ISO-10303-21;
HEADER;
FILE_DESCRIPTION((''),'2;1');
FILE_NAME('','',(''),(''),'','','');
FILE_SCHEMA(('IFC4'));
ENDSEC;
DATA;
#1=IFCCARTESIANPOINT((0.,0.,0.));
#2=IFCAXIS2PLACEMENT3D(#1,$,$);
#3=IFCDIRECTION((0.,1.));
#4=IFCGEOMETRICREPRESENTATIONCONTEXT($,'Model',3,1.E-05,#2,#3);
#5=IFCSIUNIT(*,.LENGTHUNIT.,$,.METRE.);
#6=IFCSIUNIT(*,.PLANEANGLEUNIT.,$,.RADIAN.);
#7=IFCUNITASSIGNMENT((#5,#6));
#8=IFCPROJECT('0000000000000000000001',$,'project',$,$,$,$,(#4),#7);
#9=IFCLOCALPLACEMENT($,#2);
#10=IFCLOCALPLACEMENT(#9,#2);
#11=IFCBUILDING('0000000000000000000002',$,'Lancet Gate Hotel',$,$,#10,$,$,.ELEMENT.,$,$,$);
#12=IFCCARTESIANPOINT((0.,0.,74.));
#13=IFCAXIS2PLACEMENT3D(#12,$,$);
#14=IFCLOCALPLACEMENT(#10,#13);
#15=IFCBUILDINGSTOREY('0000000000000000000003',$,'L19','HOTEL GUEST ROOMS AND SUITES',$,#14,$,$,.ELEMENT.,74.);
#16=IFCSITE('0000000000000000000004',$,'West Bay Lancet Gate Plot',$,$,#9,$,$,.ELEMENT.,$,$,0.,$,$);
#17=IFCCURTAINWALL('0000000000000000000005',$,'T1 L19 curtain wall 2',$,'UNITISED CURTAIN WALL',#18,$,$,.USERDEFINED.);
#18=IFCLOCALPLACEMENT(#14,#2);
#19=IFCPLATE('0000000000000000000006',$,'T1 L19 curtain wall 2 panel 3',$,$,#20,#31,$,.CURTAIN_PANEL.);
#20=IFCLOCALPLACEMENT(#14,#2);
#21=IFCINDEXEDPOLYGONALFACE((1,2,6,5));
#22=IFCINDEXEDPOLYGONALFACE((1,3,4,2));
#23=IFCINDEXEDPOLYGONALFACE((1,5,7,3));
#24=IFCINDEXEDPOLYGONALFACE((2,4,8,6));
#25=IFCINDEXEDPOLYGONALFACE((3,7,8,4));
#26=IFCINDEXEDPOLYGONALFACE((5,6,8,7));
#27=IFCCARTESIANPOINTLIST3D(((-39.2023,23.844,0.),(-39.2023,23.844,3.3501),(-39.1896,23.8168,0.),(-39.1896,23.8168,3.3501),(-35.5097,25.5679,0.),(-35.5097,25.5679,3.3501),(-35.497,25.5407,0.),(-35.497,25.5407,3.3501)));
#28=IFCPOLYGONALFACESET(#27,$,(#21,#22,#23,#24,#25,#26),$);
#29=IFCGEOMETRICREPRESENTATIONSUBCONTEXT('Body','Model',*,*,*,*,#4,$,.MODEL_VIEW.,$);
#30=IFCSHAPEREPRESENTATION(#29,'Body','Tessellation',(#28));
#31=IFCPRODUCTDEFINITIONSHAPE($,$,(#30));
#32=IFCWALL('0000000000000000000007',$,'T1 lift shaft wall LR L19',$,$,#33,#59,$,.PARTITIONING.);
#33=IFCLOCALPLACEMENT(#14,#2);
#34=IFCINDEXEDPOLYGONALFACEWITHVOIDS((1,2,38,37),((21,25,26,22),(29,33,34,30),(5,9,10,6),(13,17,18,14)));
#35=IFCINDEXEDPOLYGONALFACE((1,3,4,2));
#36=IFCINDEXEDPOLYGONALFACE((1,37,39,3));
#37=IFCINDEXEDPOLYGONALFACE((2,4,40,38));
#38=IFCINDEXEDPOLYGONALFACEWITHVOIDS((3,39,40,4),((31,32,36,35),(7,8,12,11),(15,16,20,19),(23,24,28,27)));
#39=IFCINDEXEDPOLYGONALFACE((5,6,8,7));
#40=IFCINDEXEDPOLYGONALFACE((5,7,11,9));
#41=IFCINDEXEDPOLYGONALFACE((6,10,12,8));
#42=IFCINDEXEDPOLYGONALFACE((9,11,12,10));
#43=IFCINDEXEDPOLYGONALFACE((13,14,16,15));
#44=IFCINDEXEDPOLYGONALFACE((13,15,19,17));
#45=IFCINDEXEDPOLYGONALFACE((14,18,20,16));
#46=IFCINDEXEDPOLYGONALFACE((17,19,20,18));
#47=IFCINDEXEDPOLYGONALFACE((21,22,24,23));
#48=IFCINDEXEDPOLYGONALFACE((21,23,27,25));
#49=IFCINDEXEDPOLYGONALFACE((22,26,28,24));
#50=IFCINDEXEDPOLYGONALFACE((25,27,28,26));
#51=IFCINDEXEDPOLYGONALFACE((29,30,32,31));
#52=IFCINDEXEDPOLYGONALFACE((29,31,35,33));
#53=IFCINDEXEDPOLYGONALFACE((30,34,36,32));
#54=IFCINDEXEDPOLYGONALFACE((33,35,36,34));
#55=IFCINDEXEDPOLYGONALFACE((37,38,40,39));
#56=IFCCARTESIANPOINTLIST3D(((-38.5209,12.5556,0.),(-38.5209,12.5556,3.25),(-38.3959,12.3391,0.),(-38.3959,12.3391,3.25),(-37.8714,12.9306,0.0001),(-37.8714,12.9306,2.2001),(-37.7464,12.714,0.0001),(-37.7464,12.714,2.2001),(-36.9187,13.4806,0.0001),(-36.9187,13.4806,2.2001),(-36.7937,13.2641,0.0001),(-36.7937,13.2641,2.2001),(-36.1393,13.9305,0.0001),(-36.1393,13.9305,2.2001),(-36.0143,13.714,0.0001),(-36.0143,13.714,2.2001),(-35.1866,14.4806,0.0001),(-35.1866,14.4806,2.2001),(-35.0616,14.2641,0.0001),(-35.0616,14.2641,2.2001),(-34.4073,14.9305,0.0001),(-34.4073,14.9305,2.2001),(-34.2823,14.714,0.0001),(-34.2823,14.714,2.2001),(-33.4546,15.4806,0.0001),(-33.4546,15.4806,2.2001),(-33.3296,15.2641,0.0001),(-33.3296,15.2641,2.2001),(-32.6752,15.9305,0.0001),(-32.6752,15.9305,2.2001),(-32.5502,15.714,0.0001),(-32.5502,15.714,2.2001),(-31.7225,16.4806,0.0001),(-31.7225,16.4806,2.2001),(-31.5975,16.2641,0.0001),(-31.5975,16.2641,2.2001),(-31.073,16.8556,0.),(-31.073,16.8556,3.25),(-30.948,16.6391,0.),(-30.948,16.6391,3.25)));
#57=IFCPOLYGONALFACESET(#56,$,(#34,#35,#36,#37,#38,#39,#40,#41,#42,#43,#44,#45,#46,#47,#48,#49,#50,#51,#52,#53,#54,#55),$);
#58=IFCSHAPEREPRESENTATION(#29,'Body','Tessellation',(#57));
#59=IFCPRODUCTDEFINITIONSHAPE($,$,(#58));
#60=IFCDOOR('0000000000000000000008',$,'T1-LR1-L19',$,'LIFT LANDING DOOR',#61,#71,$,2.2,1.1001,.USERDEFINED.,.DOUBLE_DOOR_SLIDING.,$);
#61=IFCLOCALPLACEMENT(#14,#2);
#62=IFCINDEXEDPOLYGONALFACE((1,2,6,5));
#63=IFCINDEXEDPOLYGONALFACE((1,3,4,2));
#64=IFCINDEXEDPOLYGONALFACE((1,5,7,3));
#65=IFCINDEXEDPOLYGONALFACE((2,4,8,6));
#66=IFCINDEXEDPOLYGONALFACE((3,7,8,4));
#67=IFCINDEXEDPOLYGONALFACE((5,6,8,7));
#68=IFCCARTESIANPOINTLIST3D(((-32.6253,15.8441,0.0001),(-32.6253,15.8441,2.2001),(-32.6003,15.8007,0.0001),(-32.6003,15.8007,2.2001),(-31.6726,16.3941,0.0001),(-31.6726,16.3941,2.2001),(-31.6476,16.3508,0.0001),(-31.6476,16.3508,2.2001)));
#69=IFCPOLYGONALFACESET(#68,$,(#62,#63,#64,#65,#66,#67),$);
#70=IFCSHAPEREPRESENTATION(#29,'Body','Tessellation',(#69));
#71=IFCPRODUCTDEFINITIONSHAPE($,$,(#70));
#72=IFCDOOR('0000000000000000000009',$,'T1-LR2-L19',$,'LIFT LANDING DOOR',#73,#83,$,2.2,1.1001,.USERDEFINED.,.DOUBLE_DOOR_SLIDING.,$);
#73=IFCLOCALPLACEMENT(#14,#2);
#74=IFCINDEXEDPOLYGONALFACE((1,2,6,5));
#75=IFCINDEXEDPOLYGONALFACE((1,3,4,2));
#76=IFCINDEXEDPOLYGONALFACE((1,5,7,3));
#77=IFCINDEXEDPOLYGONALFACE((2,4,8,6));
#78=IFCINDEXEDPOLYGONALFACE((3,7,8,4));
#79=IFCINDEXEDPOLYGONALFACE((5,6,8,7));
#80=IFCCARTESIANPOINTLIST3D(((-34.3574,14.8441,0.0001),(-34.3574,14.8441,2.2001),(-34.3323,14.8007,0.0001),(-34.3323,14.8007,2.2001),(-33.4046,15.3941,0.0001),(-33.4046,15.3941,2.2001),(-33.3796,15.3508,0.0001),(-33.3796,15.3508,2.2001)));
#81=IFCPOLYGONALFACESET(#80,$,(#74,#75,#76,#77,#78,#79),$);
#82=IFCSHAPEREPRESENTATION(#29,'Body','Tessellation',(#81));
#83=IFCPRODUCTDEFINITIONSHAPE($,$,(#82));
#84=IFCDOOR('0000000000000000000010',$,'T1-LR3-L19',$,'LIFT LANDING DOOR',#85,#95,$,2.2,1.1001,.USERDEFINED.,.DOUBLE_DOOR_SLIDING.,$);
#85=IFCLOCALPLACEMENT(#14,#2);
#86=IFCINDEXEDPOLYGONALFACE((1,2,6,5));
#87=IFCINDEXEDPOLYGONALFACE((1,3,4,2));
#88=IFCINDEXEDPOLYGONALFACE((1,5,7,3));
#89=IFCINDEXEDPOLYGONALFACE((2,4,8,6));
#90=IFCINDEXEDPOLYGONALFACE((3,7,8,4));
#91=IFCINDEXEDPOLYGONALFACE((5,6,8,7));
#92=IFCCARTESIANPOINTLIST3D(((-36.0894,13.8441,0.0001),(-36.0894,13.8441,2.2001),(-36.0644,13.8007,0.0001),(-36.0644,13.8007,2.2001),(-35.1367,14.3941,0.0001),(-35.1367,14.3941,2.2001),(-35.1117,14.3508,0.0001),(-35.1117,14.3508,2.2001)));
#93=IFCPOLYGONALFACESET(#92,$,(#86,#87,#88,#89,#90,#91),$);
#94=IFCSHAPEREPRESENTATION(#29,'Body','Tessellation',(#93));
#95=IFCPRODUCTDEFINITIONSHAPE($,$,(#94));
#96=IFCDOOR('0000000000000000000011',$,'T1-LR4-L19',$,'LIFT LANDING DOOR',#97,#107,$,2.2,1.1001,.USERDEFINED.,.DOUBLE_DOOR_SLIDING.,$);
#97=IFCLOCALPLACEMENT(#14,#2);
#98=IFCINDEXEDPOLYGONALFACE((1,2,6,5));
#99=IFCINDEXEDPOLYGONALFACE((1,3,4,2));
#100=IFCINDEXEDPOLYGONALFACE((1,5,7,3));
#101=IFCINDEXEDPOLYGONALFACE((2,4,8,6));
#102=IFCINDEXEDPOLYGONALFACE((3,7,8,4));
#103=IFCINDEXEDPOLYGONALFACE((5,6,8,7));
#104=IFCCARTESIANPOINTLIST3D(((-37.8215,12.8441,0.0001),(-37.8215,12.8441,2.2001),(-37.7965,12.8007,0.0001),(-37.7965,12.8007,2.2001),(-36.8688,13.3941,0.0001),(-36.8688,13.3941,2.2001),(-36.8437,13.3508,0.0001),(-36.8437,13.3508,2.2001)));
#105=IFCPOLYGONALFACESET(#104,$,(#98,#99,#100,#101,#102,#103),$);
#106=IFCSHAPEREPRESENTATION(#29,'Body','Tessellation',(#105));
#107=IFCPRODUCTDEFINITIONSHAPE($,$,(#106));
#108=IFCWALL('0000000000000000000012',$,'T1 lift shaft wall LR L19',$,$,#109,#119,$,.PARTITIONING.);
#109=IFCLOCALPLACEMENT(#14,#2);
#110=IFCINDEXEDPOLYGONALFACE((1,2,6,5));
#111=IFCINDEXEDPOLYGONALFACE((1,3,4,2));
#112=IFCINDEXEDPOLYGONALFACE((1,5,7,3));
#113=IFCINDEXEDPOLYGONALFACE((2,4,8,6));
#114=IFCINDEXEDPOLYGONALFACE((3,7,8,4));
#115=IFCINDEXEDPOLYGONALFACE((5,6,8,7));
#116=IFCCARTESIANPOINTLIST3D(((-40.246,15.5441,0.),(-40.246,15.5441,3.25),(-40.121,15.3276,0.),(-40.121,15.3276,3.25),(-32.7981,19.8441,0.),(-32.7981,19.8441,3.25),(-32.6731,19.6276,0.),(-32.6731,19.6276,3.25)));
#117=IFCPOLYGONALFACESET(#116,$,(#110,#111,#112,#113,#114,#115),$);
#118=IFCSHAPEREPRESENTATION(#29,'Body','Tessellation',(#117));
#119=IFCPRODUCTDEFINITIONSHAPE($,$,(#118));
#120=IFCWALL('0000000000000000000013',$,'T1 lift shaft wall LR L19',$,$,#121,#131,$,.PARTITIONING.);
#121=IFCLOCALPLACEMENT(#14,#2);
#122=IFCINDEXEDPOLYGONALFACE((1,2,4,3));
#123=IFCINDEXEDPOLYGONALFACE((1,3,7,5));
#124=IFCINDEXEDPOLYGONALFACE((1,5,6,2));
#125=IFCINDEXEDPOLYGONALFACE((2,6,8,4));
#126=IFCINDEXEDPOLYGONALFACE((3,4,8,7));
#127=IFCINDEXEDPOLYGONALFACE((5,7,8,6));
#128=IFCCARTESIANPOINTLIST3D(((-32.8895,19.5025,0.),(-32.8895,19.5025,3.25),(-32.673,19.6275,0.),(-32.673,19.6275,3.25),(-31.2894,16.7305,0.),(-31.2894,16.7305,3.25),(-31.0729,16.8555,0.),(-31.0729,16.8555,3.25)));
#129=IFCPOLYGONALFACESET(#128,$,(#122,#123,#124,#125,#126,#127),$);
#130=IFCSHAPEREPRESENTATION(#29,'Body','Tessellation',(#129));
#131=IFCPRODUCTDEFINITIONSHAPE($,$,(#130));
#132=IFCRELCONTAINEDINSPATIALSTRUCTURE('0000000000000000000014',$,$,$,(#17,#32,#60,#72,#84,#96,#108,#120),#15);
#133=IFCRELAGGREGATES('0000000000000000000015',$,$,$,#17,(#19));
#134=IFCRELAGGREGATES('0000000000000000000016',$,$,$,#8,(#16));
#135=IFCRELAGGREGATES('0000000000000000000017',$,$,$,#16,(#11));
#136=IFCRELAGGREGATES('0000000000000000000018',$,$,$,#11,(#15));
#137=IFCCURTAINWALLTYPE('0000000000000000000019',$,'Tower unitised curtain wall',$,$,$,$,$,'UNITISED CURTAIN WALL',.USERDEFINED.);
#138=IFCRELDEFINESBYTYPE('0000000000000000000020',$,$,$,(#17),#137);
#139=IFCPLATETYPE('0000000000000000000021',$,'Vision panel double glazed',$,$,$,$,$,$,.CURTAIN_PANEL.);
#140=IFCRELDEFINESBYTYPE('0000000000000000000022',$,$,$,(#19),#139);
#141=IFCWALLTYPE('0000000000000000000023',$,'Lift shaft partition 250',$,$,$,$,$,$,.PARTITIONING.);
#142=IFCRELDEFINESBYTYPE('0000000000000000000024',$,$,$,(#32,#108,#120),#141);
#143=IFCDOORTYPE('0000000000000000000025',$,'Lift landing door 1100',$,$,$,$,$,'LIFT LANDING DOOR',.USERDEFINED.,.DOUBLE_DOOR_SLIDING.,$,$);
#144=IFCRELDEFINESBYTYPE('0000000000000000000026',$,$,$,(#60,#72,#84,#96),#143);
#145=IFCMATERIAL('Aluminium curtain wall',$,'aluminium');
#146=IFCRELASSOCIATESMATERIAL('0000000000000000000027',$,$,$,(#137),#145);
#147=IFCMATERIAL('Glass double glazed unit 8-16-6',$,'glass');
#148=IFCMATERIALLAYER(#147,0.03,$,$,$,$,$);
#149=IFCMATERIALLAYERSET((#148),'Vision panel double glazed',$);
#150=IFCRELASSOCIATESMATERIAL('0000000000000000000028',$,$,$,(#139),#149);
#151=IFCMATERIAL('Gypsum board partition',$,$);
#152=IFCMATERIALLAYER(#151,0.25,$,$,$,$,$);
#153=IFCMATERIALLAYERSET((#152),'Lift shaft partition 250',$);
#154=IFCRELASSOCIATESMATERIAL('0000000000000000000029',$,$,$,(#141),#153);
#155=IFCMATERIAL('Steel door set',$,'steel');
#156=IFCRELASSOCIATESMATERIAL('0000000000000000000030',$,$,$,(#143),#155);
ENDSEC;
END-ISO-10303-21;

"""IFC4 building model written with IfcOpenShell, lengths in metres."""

from ifc_helpers import new_model, si_unit, direction, frame, frame_2d, origin, origin_2d, place, context, subcontext, project, spatial, rectangle, extrude, material, layer, layer_set, type_object, element, fill, aggregate, save


model = new_model("IFC4")

# Units and contexts
model_context = context("Model", 3, precision=1e-05, world=origin(), true_north=direction((0.0, 1.0)))
body_context = subcontext(model_context, "Body", "Model", "MODEL_VIEW")
ifc_project = project(units=[si_unit("LENGTHUNIT", "METRE"), si_unit("PLANEANGLEUNIT", "RADIAN")], contexts=[model_context])

# Site, building, storey
site_placement = place(None, origin())
site = spatial("IfcSite", under=ifc_project, at=site_placement, Name="West Bay Lancet Gate Plot", CompositionType="ELEMENT", RefElevation=0.0)
building_placement = place(site_placement, origin())
building = spatial("IfcBuilding", under=site, at=building_placement, Name="Lancet Gate Hotel", CompositionType="ELEMENT")
storey_placement = place(building_placement, frame((0.0, 0.0, 74.0)))
storey = spatial("IfcBuildingStorey", under=building, at=storey_placement, Name="L19", Description="HOTEL GUEST ROOMS AND SUITES", CompositionType="ELEMENT", Elevation=74.0)

# Curtain wall
ifc_material_1 = material(Name="Aluminium curtain wall", Category="aluminium")
curtain_wall_type = type_object("IfcCurtainWallType", Name="Tower unitised curtain wall", ElementType="UNITISED CURTAIN WALL", PredefinedType="USERDEFINED", material=ifc_material_1)
curtain_wall_placement = place(storey_placement, origin())
curtain_wall = element("IfcCurtainWall", 1, at=curtain_wall_placement, inside=storey, type_object=curtain_wall_type, Name="T1 L19 curtain wall 2", ObjectType="UNITISED CURTAIN WALL", PredefinedType="USERDEFINED")

# Plate
ifc_material_2 = material(Name="Glass double glazed unit 8-16-6", Category="glass")
ifc_layer_1 = layer(ifc_material_2, 0.03)
ifc_layer_set_1 = layer_set([ifc_layer_1], Name="Vision panel double glazed")
plate_type = type_object("IfcPlateType", Name="Vision panel double glazed", PredefinedType="CURTAIN_PANEL", material=ifc_layer_set_1)
plate_1_placement = place(storey_placement, frame((-37.3496, 24.6924, 0.0), z_axis=(0.0, 0.0, 1.0), x_axis=(-0.906118, -0.423026, 0.0)))
plate_1 = element("IfcPlate", 2, at=plate_1_placement, type_object=plate_type, Name="T1 L19 curtain wall 2 panel 3", PredefinedType="CURTAIN_PANEL", context=body_context, shape_type="SweptSolid", body=[
    extrude(rectangle(XDim=4.0752, YDim=0.03, at=origin_2d()), origin(), (0.0, 0.0, 1.0), 3.3501),
])
aggregate(curtain_wall, [plate_1])

# Wall, openings, doors
ifc_material_3 = material(Name="Gypsum board partition")
ifc_layer_2 = layer(ifc_material_3, 0.25)
ifc_layer_set_2 = layer_set([ifc_layer_2], Name="Lift shaft partition 250")
wall_type = type_object("IfcWallType", Name="Lift shaft partition 250", PredefinedType="PARTITIONING", material=ifc_layer_set_2)
wall_1_placement = place(storey_placement, frame((-31.0105, 16.7473, 0.0), z_axis=(0.0, 0.0, 1.0), x_axis=(-0.866028, -0.499995, 0.0)))
wall_1 = element("IfcWall", 3, at=wall_1_placement, inside=storey, type_object=wall_type, Name="T1 lift shaft wall LR L19", PredefinedType="PARTITIONING", context=body_context, shape_type="SweptSolid", body=[
    extrude(rectangle(XDim=8.6001, YDim=0.25, at=frame_2d((4.3, 0.0))), origin(), (0.0, 0.0, 1.0), 3.25),
])
opening_1_placement = place(wall_1_placement, frame((0.75, 0.0, 0.0)))
opening_1 = element("IfcOpeningElement", 4, at=opening_1_placement, cuts=wall_1, PredefinedType="OPENING", context=body_context, shape_type="SweptSolid", body=[
    extrude(rectangle(XDim=1.1001, YDim=2.2, at=frame_2d((0.55, 1.1001))), frame((0.0, 0.135, 0.0), z_axis=(0.0, -1.0, 0.0), x_axis=(1.0, 0.0, 0.0)), (0.0, 0.0, 1.0), 0.27),
])
opening_2_placement = place(wall_1_placement, frame((2.75, 0.0, 0.0)))
opening_2 = element("IfcOpeningElement", 5, at=opening_2_placement, cuts=wall_1, PredefinedType="OPENING", context=body_context, shape_type="SweptSolid", body=[
    extrude(rectangle(XDim=1.1001, YDim=2.2, at=frame_2d((0.55, 1.1001))), frame((0.0, 0.135, 0.0), z_axis=(0.0, -1.0, 0.0), x_axis=(1.0, 0.0, 0.0)), (0.0, 0.0, 1.0), 0.27),
])
opening_3_placement = place(wall_1_placement, frame((4.75, 0.0, 0.0)))
opening_3 = element("IfcOpeningElement", 6, at=opening_3_placement, cuts=wall_1, PredefinedType="OPENING", context=body_context, shape_type="SweptSolid", body=[
    extrude(rectangle(XDim=1.1001, YDim=2.2, at=frame_2d((0.55, 1.1001))), frame((0.0, 0.135, 0.0), z_axis=(0.0, -1.0, 0.0), x_axis=(1.0, 0.0, 0.0)), (0.0, 0.0, 1.0), 0.27),
])
opening_4_placement = place(wall_1_placement, frame((6.75, 0.0, 0.0)))
opening_4 = element("IfcOpeningElement", 7, at=opening_4_placement, cuts=wall_1, PredefinedType="OPENING", context=body_context, shape_type="SweptSolid", body=[
    extrude(rectangle(XDim=1.1001, YDim=2.2, at=frame_2d((0.55, 1.1001))), frame((0.0, 0.135, 0.0), z_axis=(0.0, -1.0, 0.0), x_axis=(1.0, 0.0, 0.0)), (0.0, 0.0, 1.0), 0.27),
])
ifc_material_4 = material(Name="Steel door set", Category="steel")
door_type = type_object("IfcDoorType", Name="Lift landing door 1100", ElementType="LIFT LANDING DOOR", OperationType="DOUBLE_DOOR_SLIDING", PredefinedType="USERDEFINED", material=ifc_material_4)
door_1_placement = place(opening_1_placement, origin())
door_1 = element("IfcDoor", 8, at=door_1_placement, inside=storey, type_object=door_type, Name="T1-LR1-L19", ObjectType="LIFT LANDING DOOR", OperationType="DOUBLE_DOOR_SLIDING", OverallHeight=2.2, OverallWidth=1.1001, PredefinedType="USERDEFINED", context=body_context, shape_type="SweptSolid", body=[
    extrude(rectangle(XDim=1.1001, YDim=2.2, at=frame_2d((0.55, 1.1001))), frame((0.0, 0.0249, 0.0), z_axis=(0.0, -1.0, 0.0), x_axis=(1.0, 0.0, 0.0)), (0.0, 0.0, 1.0), 0.05),
])
fill(opening_1, door_1)
door_2_placement = place(opening_2_placement, origin())
door_2 = element("IfcDoor", 9, at=door_2_placement, inside=storey, type_object=door_type, Name="T1-LR2-L19", ObjectType="LIFT LANDING DOOR", OperationType="DOUBLE_DOOR_SLIDING", OverallHeight=2.2, OverallWidth=1.1001, PredefinedType="USERDEFINED", context=body_context, shape_type="SweptSolid", body=[
    extrude(rectangle(XDim=1.1001, YDim=2.2, at=frame_2d((0.55, 1.1001))), frame((0.0, 0.0249, 0.0), z_axis=(0.0, -1.0, 0.0), x_axis=(1.0, 0.0, 0.0)), (0.0, 0.0, 1.0), 0.05),
])
fill(opening_2, door_2)
door_3_placement = place(opening_3_placement, origin())
door_3 = element("IfcDoor", 10, at=door_3_placement, inside=storey, type_object=door_type, Name="T1-LR3-L19", ObjectType="LIFT LANDING DOOR", OperationType="DOUBLE_DOOR_SLIDING", OverallHeight=2.2, OverallWidth=1.1001, PredefinedType="USERDEFINED", context=body_context, shape_type="SweptSolid", body=[
    extrude(rectangle(XDim=1.1001, YDim=2.2, at=frame_2d((0.55, 1.1001))), frame((0.0, 0.0249, 0.0), z_axis=(0.0, -1.0, 0.0), x_axis=(1.0, 0.0, 0.0)), (0.0, 0.0, 1.0), 0.05),
])
fill(opening_3, door_3)
door_4_placement = place(opening_4_placement, origin())
door_4 = element("IfcDoor", 11, at=door_4_placement, inside=storey, type_object=door_type, Name="T1-LR4-L19", ObjectType="LIFT LANDING DOOR", OperationType="DOUBLE_DOOR_SLIDING", OverallHeight=2.2, OverallWidth=1.1001, PredefinedType="USERDEFINED", context=body_context, shape_type="SweptSolid", body=[
    extrude(rectangle(XDim=1.1001, YDim=2.2, at=frame_2d((0.55, 1.1001))), frame((0.0, 0.0249, 0.0), z_axis=(0.0, -1.0, 0.0), x_axis=(1.0, 0.0, 0.0)), (0.0, 0.0, 1.0), 0.05),
])
fill(opening_4, door_4)

# Walls
wall_2_placement = place(storey_placement, frame((-32.7356, 19.7358, 0.0), z_axis=(0.0, 0.0, 1.0), x_axis=(-0.866028, -0.499995, 0.0)))
element("IfcWall", 12, at=wall_2_placement, inside=storey, type_object=wall_type, Name="T1 lift shaft wall LR L19", PredefinedType="PARTITIONING", context=body_context, shape_type="SweptSolid", body=[
    extrude(rectangle(XDim=8.6001, YDim=0.25, at=frame_2d((4.3, 0.0))), origin(), (0.0, 0.0, 1.0), 3.25),
])
wall_3_placement = place(storey_placement, frame((-31.1812, 16.793, 0.0), z_axis=(0.0, 0.0, 1.0), x_axis=(-0.499929, 0.866066, 0.0)))
element("IfcWall", 13, at=wall_3_placement, inside=storey, type_object=wall_type, Name="T1 lift shaft wall LR L19", PredefinedType="PARTITIONING", context=body_context, shape_type="SweptSolid", body=[
    extrude(rectangle(XDim=3.2007, YDim=0.25, at=frame_2d((1.6003, 0.0))), origin(), (0.0, 0.0, 1.0), 3.25),
])

save(model, "model.ifc")
